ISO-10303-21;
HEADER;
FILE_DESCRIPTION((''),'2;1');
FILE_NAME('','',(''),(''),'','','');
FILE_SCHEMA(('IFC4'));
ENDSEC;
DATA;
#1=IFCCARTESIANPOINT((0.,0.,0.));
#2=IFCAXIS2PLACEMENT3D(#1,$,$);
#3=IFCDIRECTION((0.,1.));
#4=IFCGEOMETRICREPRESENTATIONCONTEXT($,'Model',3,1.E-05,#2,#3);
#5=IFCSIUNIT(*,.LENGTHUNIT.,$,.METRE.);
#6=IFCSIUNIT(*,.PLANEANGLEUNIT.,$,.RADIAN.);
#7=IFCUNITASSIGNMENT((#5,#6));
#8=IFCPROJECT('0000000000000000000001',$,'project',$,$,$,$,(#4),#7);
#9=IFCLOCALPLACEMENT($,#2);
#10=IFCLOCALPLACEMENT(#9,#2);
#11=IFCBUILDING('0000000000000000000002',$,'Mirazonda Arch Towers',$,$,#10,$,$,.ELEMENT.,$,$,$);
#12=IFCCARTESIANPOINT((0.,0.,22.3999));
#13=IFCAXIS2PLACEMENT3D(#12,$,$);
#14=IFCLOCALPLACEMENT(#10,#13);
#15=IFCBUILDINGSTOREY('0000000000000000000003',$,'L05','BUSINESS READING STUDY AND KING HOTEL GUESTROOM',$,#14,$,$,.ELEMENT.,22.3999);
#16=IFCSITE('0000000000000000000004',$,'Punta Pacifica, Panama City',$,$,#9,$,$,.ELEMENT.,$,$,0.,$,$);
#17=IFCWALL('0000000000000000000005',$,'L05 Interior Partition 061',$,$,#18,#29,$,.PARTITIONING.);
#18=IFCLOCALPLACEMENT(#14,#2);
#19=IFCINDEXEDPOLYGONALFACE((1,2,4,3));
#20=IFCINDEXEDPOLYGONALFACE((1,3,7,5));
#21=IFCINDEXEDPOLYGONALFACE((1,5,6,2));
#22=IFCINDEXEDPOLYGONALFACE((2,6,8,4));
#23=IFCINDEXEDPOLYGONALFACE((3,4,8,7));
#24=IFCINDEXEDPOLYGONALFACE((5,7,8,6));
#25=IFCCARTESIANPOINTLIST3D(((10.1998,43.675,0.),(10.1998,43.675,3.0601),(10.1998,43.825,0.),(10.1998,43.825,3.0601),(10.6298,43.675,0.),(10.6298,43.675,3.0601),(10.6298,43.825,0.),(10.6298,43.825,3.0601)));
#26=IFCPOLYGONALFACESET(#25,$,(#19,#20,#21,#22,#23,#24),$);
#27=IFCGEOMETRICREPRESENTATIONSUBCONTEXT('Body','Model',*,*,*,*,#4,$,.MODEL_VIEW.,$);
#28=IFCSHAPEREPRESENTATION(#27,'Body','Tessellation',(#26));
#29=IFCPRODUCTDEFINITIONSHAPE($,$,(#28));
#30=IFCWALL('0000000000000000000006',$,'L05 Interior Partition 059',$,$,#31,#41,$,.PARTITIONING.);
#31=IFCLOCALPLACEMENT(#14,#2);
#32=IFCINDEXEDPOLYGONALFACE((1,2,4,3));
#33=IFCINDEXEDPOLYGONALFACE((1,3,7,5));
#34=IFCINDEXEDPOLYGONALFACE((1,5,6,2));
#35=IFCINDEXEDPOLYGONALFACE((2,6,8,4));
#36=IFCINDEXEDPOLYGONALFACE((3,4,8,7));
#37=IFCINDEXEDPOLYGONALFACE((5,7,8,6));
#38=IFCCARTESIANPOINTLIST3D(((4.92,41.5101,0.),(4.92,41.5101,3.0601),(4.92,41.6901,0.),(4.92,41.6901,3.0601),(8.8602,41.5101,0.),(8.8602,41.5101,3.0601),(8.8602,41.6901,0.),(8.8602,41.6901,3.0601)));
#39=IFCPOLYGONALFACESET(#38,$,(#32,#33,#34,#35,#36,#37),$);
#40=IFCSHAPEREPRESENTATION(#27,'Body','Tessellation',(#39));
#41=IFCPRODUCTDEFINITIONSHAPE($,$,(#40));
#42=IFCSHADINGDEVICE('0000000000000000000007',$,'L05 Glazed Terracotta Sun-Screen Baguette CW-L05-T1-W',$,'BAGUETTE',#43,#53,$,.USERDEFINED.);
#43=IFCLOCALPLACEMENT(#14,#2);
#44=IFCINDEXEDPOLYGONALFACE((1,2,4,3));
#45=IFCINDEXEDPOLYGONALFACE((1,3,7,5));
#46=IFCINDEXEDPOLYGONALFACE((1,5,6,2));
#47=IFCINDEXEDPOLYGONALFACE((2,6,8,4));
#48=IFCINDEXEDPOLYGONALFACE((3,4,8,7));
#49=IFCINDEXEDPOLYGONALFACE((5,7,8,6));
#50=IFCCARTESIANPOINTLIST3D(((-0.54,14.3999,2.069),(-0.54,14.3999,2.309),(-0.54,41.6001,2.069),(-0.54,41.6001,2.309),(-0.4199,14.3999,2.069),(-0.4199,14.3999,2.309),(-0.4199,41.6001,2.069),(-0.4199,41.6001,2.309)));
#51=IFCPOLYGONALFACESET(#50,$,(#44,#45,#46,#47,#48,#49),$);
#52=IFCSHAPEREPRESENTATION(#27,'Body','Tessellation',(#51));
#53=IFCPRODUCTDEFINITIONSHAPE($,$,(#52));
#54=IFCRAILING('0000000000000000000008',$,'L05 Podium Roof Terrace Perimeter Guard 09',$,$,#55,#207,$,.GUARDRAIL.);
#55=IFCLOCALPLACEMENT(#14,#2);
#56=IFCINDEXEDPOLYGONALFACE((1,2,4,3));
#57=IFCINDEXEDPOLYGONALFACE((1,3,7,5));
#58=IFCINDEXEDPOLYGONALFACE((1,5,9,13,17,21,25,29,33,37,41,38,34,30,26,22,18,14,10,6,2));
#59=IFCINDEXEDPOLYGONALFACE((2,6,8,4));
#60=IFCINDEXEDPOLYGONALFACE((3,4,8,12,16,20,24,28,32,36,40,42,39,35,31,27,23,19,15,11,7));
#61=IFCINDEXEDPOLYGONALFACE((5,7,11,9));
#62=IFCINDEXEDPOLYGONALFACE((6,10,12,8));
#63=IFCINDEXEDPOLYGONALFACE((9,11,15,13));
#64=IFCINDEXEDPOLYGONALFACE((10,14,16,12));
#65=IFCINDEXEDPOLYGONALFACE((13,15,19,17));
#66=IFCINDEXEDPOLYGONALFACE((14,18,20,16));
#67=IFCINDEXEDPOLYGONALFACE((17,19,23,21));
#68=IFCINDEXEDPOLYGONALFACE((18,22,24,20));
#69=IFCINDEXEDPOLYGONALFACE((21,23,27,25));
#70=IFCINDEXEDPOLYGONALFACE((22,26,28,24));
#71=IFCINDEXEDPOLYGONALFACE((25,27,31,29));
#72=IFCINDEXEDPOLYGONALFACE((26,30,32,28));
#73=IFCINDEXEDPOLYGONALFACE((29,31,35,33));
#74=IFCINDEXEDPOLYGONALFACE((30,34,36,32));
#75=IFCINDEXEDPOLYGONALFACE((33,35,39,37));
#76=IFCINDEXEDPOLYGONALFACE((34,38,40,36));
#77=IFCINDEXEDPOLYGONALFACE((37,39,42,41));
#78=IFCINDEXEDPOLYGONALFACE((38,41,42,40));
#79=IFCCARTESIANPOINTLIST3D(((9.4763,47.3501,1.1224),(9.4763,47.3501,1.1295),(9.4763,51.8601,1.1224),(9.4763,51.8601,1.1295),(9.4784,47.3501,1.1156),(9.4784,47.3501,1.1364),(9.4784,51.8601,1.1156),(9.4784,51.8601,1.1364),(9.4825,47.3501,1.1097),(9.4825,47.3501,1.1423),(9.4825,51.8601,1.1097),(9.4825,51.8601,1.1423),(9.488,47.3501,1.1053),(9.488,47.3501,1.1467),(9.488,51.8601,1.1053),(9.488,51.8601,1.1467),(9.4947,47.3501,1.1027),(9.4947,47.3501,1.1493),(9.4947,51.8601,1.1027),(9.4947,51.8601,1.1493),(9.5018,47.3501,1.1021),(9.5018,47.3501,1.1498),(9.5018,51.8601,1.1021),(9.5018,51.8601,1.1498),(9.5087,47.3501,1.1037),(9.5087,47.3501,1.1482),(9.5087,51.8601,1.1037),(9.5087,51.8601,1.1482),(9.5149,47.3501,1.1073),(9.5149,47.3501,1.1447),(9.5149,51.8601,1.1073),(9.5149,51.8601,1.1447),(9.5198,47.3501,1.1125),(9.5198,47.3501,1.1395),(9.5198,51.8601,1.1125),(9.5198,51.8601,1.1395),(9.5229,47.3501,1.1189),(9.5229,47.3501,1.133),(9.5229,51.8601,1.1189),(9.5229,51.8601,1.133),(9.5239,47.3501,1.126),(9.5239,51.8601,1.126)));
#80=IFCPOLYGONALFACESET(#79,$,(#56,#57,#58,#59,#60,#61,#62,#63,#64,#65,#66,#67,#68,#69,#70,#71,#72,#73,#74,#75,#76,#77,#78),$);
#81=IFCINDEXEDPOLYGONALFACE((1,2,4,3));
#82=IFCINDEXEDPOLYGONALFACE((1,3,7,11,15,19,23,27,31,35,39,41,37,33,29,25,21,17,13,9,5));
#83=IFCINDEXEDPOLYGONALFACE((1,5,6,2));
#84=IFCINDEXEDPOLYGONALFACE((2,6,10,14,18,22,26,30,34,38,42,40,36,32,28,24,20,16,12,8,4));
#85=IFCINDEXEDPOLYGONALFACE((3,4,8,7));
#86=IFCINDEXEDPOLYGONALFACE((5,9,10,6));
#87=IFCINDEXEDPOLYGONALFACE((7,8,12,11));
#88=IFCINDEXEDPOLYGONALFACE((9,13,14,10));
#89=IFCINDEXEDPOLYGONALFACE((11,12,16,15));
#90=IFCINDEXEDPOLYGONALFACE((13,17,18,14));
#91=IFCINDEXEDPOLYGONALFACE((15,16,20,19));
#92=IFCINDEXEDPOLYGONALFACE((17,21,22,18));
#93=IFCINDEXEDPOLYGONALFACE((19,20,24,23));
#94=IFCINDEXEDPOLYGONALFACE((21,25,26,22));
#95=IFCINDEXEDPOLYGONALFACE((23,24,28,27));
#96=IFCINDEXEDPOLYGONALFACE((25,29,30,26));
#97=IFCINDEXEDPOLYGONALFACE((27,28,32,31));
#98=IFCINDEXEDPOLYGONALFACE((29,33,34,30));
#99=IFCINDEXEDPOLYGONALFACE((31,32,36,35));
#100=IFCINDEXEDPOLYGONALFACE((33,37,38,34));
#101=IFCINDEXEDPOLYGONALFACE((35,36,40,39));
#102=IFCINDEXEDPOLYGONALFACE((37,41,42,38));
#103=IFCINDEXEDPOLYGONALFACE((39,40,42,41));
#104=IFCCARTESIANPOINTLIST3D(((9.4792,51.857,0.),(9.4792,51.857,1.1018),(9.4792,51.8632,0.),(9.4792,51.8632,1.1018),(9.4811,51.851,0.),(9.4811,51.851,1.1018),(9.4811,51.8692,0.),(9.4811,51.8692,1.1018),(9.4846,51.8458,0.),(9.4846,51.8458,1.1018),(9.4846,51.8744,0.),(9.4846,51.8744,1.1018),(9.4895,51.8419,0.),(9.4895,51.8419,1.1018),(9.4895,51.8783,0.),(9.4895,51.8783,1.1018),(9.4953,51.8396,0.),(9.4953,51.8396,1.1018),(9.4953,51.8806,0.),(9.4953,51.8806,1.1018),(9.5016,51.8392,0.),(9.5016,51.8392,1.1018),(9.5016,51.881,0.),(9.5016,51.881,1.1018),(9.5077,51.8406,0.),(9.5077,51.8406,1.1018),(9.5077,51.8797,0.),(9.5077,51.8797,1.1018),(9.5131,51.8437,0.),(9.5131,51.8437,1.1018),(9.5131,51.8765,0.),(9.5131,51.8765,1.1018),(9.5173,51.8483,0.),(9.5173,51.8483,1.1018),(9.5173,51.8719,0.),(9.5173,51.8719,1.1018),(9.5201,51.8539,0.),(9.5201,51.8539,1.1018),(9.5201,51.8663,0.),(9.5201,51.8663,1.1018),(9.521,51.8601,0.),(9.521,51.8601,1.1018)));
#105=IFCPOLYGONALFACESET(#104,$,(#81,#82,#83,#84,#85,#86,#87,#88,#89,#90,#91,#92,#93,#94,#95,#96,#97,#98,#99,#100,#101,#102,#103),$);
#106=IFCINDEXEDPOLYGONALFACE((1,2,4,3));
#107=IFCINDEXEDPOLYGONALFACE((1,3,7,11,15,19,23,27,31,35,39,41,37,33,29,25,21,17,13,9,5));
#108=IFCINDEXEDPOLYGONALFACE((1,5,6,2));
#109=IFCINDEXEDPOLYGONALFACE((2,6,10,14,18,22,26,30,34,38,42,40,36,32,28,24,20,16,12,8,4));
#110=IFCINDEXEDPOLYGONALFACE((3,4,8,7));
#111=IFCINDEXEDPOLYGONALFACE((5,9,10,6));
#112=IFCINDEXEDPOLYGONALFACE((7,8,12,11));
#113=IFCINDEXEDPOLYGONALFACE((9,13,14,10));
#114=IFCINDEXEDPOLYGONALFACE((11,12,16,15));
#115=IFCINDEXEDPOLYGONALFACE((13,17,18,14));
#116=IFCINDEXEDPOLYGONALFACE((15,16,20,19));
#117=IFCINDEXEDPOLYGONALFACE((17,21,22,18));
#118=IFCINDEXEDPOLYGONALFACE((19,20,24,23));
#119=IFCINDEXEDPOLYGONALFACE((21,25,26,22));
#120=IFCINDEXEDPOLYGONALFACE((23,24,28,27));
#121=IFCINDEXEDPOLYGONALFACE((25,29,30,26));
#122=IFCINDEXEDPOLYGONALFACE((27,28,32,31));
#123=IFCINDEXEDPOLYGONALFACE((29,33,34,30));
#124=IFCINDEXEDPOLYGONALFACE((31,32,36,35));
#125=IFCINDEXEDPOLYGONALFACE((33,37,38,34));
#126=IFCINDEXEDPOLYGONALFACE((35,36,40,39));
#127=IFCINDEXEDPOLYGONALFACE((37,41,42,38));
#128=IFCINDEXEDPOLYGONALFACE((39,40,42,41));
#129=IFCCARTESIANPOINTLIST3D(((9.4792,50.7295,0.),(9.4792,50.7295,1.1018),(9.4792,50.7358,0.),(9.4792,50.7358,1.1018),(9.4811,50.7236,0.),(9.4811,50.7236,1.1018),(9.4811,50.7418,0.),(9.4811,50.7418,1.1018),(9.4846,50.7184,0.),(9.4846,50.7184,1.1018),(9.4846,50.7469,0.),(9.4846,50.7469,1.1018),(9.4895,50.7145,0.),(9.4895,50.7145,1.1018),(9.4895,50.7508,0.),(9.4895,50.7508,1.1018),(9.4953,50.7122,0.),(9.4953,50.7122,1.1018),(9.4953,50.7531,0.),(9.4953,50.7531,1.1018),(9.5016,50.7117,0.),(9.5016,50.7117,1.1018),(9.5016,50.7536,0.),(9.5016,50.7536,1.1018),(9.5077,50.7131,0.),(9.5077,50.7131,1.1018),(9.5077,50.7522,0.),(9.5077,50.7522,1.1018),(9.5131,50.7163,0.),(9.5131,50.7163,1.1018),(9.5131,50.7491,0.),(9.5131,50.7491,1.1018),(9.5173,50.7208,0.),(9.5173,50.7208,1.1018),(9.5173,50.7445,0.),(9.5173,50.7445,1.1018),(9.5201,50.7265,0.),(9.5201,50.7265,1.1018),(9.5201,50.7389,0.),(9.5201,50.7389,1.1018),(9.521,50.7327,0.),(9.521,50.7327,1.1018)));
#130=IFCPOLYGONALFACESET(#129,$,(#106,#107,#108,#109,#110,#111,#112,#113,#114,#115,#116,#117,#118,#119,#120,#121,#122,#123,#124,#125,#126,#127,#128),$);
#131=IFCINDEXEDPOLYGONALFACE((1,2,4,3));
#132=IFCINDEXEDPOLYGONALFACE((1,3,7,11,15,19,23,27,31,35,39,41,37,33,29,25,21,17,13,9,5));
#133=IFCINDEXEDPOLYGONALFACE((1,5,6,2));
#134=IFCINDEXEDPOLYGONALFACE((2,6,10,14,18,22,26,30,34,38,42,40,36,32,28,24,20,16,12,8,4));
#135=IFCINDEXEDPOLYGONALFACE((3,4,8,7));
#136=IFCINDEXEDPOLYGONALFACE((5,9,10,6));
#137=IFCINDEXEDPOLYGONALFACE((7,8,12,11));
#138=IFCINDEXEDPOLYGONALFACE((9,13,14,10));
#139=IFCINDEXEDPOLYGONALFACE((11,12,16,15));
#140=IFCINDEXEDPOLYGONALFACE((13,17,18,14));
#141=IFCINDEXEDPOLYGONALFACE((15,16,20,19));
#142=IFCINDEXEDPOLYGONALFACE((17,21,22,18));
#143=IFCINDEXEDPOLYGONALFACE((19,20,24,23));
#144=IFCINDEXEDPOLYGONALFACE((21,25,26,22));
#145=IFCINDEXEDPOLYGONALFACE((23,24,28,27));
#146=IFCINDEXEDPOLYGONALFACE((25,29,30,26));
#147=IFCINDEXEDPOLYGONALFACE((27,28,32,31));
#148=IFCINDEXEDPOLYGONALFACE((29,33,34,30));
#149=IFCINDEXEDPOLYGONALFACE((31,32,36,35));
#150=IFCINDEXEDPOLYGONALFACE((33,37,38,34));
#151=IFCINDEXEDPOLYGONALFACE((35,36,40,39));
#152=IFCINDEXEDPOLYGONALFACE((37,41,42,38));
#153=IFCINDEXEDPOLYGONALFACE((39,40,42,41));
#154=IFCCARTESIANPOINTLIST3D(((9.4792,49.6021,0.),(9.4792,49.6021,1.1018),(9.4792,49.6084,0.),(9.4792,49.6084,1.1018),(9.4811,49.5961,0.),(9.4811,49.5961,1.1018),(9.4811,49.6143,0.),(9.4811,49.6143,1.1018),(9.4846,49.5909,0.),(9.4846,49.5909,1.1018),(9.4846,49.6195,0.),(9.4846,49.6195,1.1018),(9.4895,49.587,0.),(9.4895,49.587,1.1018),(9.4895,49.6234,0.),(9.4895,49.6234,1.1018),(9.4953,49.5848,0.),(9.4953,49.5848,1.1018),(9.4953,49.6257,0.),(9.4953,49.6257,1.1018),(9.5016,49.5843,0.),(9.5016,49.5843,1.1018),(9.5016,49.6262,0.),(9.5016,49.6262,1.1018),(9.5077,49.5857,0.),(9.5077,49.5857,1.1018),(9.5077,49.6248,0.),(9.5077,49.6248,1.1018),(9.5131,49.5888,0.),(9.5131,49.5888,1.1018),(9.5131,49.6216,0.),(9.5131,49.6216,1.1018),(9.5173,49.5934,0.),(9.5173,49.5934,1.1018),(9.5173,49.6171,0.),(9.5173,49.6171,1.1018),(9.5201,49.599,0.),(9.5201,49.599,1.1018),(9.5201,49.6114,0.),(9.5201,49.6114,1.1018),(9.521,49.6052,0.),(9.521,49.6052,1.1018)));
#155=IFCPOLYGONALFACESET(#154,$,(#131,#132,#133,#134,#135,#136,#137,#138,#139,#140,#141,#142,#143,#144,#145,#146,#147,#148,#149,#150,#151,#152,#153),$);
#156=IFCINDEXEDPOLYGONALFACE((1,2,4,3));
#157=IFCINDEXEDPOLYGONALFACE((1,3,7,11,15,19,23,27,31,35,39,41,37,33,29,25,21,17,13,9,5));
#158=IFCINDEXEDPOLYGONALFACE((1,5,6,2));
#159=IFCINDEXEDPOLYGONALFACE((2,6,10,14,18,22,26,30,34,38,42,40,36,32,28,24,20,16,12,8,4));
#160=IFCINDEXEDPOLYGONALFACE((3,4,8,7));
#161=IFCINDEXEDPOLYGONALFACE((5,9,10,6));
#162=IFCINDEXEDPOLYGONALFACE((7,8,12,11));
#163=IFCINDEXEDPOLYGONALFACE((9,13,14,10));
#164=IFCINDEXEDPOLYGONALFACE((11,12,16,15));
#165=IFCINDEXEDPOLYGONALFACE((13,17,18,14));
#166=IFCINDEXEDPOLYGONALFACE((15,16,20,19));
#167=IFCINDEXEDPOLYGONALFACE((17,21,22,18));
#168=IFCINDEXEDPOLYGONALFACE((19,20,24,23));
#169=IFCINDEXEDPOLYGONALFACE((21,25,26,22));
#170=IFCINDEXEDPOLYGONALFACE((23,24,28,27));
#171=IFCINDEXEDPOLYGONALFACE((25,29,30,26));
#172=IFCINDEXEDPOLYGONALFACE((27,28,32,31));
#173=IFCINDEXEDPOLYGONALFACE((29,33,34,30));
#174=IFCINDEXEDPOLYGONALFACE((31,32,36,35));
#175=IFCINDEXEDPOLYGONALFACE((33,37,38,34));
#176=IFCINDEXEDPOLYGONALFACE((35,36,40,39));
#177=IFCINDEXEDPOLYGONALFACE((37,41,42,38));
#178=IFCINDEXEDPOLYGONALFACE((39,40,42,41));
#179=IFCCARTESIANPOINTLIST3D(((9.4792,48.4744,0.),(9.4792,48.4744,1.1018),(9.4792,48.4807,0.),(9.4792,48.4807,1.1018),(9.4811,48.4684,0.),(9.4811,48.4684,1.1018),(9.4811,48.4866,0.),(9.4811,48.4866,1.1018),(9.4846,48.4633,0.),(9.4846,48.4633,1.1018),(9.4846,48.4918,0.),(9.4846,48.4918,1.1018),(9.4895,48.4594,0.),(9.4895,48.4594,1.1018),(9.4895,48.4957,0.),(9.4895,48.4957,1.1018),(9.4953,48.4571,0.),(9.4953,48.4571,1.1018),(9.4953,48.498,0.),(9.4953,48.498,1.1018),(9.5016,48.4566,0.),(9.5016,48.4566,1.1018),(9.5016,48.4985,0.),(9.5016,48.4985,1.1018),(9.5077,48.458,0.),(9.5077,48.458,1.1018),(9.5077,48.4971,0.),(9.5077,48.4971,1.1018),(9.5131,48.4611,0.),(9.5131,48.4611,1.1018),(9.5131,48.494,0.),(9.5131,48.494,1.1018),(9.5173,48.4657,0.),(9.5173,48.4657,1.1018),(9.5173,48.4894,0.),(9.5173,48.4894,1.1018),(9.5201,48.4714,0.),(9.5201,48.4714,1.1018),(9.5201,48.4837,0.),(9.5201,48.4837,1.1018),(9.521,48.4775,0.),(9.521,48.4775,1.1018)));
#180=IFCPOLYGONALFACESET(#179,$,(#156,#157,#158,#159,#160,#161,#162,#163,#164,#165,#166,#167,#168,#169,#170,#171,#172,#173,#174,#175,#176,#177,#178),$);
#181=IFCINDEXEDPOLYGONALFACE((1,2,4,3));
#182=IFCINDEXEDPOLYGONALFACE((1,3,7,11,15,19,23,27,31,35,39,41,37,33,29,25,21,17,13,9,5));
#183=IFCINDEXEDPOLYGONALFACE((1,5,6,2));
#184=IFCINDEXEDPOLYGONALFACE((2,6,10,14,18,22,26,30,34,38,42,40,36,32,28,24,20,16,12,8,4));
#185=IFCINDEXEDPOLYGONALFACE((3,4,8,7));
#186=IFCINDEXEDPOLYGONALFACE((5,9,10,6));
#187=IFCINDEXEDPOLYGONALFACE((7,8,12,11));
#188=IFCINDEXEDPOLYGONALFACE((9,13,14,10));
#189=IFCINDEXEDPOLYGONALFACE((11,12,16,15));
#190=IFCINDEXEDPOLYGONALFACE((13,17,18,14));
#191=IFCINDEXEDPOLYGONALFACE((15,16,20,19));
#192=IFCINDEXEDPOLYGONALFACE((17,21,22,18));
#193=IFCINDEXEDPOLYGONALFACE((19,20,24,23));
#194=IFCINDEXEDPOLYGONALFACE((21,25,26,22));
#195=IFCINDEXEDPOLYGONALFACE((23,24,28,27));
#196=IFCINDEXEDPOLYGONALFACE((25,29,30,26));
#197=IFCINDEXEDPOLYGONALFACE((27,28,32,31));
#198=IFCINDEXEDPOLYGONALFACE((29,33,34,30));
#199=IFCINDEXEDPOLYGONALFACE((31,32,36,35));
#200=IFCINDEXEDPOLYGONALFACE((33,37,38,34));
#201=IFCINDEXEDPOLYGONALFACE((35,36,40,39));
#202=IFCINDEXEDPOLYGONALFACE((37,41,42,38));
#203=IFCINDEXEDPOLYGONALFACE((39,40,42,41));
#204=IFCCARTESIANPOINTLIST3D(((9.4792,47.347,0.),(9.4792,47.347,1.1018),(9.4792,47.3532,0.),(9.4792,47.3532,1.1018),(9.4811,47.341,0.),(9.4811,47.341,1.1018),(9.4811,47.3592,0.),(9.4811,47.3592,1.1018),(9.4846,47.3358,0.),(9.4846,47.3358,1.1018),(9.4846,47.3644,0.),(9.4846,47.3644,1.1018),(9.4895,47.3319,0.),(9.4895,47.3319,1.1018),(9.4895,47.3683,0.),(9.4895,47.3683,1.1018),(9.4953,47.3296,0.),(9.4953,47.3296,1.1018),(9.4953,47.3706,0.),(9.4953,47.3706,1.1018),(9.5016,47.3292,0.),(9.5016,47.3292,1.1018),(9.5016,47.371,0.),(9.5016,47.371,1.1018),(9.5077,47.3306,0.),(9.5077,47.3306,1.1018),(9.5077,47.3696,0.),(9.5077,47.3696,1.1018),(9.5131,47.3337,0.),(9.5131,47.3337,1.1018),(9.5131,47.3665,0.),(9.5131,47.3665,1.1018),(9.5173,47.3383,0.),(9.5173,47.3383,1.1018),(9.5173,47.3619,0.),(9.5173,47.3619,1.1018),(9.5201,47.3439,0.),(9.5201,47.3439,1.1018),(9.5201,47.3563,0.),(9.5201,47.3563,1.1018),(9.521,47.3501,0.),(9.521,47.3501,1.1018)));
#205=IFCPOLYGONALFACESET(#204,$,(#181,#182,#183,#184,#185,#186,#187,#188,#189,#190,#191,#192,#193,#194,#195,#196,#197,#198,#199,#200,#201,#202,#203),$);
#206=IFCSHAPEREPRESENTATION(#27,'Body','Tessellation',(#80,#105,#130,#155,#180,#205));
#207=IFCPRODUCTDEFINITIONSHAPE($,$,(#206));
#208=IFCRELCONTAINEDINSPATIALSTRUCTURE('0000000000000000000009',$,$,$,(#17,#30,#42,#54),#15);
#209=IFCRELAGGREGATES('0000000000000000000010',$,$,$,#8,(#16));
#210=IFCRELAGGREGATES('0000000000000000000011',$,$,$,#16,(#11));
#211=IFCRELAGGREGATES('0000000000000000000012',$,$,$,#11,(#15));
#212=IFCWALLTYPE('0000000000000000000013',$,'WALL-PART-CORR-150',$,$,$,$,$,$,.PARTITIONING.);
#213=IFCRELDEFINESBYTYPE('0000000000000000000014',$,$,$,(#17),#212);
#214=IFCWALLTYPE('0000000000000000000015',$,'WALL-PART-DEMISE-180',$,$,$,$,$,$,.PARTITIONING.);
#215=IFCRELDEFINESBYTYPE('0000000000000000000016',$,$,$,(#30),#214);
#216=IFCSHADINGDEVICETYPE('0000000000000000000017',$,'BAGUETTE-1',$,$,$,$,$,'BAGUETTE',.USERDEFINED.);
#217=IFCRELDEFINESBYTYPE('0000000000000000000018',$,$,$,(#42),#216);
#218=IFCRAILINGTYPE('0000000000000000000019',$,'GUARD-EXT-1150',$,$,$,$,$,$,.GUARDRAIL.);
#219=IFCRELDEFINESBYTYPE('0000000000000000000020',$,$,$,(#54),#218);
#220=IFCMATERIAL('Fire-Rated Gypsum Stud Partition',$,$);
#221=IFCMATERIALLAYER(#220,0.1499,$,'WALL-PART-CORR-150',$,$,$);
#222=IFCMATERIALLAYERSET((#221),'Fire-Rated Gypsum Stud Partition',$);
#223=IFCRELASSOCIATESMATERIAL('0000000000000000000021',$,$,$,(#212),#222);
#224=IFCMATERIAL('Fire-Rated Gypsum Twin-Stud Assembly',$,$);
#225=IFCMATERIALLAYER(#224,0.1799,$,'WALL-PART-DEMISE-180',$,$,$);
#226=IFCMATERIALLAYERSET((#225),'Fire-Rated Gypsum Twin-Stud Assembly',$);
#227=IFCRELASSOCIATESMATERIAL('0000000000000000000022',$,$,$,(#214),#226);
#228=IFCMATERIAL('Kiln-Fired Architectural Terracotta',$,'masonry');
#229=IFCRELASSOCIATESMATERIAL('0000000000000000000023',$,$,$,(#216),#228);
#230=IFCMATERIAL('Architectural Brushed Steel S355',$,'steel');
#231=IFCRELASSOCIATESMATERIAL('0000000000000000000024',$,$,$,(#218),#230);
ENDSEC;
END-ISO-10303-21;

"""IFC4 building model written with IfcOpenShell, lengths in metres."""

from ifc_helpers import new_model, si_unit, direction, frame, frame_2d, origin, origin_2d, place, context, subcontext, project, spatial, rectangle, circle, extrude, material, layer, layer_set, material_profile, profile_set, type_object, element, save


model = new_model("IFC4")

# Units and contexts
model_context = context("Model", 3, precision=1e-05, world=origin(), true_north=direction((0.0, 1.0)))
body_context = subcontext(model_context, "Body", "Model", "MODEL_VIEW")
ifc_project = project(units=[si_unit("LENGTHUNIT", "METRE"), si_unit("PLANEANGLEUNIT", "RADIAN")], contexts=[model_context])

# Site, building, storey
site_placement = place(None, origin())
site = spatial("IfcSite", under=ifc_project, at=site_placement, Name="Punta Pacifica, Panama City", CompositionType="ELEMENT", RefElevation=0.0)
building_placement = place(site_placement, origin())
building = spatial("IfcBuilding", under=site, at=building_placement, Name="Mirazonda Arch Towers", CompositionType="ELEMENT")
storey_placement = place(building_placement, frame((0.0, 0.0, 22.3999)))
storey = spatial("IfcBuildingStorey", under=building, at=storey_placement, Name="L05", Description="BUSINESS READING STUDY AND KING HOTEL GUESTROOM", CompositionType="ELEMENT", Elevation=22.3999)

# Shared definitions
ifc_material_1 = material(Name="Architectural Brushed Steel S355", Category="steel")

# Walls
ifc_material_2 = material(Name="Fire-Rated Gypsum Stud Partition")
ifc_layer_1 = layer(ifc_material_2, 0.1499, Name="WALL-PART-CORR-150")
ifc_layer_set_1 = layer_set([ifc_layer_1], Name="Fire-Rated Gypsum Stud Partition")
wall_type_1 = type_object("IfcWallType", Name="WALL-PART-CORR-150", PredefinedType="PARTITIONING", material=ifc_layer_set_1)
wall_1_placement = place(storey_placement, frame((10.2, 43.75, 0.0), z_axis=(0.0, 0.0, 1.0), x_axis=(1.0, 0.0, 0.0)))
element("IfcWall", 1, at=wall_1_placement, inside=storey, type_object=wall_type_1, Name="L05 Interior Partition 061", PredefinedType="PARTITIONING", context=body_context, shape_type="SweptSolid", body=[
    extrude(rectangle(XDim=0.4299, YDim=0.1499, at=frame_2d((0.2148, 0.0))), origin(), (0.0, 0.0, 1.0), 3.0601),
])
ifc_material_3 = material(Name="Fire-Rated Gypsum Twin-Stud Assembly")
ifc_layer_2 = layer(ifc_material_3, 0.1799, Name="WALL-PART-DEMISE-180")
ifc_layer_set_2 = layer_set([ifc_layer_2], Name="Fire-Rated Gypsum Twin-Stud Assembly")
wall_type_2 = type_object("IfcWallType", Name="WALL-PART-DEMISE-180", PredefinedType="PARTITIONING", material=ifc_layer_set_2)
wall_2_placement = place(storey_placement, frame((4.9199, 41.6001, 0.0), z_axis=(0.0, 0.0, 1.0), x_axis=(1.0, 0.0, 0.0)))
element("IfcWall", 2, at=wall_2_placement, inside=storey, type_object=wall_type_2, Name="L05 Interior Partition 059", PredefinedType="PARTITIONING", context=body_context, shape_type="SweptSolid", body=[
    extrude(rectangle(XDim=3.9402, YDim=0.1799, at=frame_2d((1.9702, 0.0))), origin(), (0.0, 0.0, 1.0), 3.0601),
])

# Shading device
ifc_material_4 = material(Name="Kiln-Fired Architectural Terracotta", Category="masonry")
ifc_material_profile_1 = material_profile(ifc_material_4, rectangle(XDim=0.1201, YDim=0.24, at=origin_2d()), Name="TERRA-BAG-120x240")
ifc_profile_set_1 = profile_set([ifc_material_profile_1], Name="Kiln-Fired Architectural Terracotta")
shading_device_type = type_object("IfcShadingDeviceType", Name="BAGUETTE-1", ElementType="BAGUETTE", PredefinedType="USERDEFINED", material=ifc_profile_set_1)
shading_device_placement = place(storey_placement, frame((-0.48, 41.6001, 2.189), z_axis=(0.0, -1.0, 0.0), x_axis=(1.0, 0.0, 0.0)))
element("IfcShadingDevice", 3, at=shading_device_placement, inside=storey, type_object=shading_device_type, Name="L05 Glazed Terracotta Sun-Screen Baguette CW-L05-T1-W", ObjectType="BAGUETTE", PredefinedType="USERDEFINED", context=body_context, shape_type="SweptSolid", body=[
    extrude(rectangle(XDim=0.1201, YDim=0.24, at=origin_2d()), origin(), (0.0, 0.0, 1.0), 27.2002),
])

# Railing
railing_type = type_object("IfcRailingType", Name="GUARD-EXT-1150", PredefinedType="GUARDRAIL", material=ifc_material_1)
railing_placement = place(storey_placement, frame((9.5, 51.8601, 0.0)))
element("IfcRailing", 4, at=railing_placement, inside=storey, type_object=railing_type, Name="L05 Podium Roof Terrace Perimeter Guard 09", PredefinedType="GUARDRAIL", context=body_context, shape_type="SweptSolid", body=[
    extrude(circle(Radius=0.0239, at=origin_2d()), frame((0.0, 0.0, 1.126), z_axis=(0.0, -1.0, 0.0), x_axis=(1.0, 0.0, 0.0)), (0.0, 0.0, 1.0), 4.51),
    extrude(circle(Radius=0.021, at=origin_2d()), origin(), (0.0, 0.0, 1.0), 1.1018),
    extrude(circle(Radius=0.021, at=origin_2d()), frame((0.0, -1.1274, 0.0)), (0.0, 0.0, 1.0), 1.1018),
    extrude(circle(Radius=0.021, at=origin_2d()), frame((0.0, -2.2549, 0.0)), (0.0, 0.0, 1.0), 1.1018),
    extrude(circle(Radius=0.021, at=origin_2d()), frame((0.0, -3.3826, 0.0)), (0.0, 0.0, 1.0), 1.1018),
    extrude(circle(Radius=0.021, at=origin_2d()), frame((0.0, -4.51, 0.0)), (0.0, 0.0, 1.0), 1.1018),
])

save(model, "model.ifc")
